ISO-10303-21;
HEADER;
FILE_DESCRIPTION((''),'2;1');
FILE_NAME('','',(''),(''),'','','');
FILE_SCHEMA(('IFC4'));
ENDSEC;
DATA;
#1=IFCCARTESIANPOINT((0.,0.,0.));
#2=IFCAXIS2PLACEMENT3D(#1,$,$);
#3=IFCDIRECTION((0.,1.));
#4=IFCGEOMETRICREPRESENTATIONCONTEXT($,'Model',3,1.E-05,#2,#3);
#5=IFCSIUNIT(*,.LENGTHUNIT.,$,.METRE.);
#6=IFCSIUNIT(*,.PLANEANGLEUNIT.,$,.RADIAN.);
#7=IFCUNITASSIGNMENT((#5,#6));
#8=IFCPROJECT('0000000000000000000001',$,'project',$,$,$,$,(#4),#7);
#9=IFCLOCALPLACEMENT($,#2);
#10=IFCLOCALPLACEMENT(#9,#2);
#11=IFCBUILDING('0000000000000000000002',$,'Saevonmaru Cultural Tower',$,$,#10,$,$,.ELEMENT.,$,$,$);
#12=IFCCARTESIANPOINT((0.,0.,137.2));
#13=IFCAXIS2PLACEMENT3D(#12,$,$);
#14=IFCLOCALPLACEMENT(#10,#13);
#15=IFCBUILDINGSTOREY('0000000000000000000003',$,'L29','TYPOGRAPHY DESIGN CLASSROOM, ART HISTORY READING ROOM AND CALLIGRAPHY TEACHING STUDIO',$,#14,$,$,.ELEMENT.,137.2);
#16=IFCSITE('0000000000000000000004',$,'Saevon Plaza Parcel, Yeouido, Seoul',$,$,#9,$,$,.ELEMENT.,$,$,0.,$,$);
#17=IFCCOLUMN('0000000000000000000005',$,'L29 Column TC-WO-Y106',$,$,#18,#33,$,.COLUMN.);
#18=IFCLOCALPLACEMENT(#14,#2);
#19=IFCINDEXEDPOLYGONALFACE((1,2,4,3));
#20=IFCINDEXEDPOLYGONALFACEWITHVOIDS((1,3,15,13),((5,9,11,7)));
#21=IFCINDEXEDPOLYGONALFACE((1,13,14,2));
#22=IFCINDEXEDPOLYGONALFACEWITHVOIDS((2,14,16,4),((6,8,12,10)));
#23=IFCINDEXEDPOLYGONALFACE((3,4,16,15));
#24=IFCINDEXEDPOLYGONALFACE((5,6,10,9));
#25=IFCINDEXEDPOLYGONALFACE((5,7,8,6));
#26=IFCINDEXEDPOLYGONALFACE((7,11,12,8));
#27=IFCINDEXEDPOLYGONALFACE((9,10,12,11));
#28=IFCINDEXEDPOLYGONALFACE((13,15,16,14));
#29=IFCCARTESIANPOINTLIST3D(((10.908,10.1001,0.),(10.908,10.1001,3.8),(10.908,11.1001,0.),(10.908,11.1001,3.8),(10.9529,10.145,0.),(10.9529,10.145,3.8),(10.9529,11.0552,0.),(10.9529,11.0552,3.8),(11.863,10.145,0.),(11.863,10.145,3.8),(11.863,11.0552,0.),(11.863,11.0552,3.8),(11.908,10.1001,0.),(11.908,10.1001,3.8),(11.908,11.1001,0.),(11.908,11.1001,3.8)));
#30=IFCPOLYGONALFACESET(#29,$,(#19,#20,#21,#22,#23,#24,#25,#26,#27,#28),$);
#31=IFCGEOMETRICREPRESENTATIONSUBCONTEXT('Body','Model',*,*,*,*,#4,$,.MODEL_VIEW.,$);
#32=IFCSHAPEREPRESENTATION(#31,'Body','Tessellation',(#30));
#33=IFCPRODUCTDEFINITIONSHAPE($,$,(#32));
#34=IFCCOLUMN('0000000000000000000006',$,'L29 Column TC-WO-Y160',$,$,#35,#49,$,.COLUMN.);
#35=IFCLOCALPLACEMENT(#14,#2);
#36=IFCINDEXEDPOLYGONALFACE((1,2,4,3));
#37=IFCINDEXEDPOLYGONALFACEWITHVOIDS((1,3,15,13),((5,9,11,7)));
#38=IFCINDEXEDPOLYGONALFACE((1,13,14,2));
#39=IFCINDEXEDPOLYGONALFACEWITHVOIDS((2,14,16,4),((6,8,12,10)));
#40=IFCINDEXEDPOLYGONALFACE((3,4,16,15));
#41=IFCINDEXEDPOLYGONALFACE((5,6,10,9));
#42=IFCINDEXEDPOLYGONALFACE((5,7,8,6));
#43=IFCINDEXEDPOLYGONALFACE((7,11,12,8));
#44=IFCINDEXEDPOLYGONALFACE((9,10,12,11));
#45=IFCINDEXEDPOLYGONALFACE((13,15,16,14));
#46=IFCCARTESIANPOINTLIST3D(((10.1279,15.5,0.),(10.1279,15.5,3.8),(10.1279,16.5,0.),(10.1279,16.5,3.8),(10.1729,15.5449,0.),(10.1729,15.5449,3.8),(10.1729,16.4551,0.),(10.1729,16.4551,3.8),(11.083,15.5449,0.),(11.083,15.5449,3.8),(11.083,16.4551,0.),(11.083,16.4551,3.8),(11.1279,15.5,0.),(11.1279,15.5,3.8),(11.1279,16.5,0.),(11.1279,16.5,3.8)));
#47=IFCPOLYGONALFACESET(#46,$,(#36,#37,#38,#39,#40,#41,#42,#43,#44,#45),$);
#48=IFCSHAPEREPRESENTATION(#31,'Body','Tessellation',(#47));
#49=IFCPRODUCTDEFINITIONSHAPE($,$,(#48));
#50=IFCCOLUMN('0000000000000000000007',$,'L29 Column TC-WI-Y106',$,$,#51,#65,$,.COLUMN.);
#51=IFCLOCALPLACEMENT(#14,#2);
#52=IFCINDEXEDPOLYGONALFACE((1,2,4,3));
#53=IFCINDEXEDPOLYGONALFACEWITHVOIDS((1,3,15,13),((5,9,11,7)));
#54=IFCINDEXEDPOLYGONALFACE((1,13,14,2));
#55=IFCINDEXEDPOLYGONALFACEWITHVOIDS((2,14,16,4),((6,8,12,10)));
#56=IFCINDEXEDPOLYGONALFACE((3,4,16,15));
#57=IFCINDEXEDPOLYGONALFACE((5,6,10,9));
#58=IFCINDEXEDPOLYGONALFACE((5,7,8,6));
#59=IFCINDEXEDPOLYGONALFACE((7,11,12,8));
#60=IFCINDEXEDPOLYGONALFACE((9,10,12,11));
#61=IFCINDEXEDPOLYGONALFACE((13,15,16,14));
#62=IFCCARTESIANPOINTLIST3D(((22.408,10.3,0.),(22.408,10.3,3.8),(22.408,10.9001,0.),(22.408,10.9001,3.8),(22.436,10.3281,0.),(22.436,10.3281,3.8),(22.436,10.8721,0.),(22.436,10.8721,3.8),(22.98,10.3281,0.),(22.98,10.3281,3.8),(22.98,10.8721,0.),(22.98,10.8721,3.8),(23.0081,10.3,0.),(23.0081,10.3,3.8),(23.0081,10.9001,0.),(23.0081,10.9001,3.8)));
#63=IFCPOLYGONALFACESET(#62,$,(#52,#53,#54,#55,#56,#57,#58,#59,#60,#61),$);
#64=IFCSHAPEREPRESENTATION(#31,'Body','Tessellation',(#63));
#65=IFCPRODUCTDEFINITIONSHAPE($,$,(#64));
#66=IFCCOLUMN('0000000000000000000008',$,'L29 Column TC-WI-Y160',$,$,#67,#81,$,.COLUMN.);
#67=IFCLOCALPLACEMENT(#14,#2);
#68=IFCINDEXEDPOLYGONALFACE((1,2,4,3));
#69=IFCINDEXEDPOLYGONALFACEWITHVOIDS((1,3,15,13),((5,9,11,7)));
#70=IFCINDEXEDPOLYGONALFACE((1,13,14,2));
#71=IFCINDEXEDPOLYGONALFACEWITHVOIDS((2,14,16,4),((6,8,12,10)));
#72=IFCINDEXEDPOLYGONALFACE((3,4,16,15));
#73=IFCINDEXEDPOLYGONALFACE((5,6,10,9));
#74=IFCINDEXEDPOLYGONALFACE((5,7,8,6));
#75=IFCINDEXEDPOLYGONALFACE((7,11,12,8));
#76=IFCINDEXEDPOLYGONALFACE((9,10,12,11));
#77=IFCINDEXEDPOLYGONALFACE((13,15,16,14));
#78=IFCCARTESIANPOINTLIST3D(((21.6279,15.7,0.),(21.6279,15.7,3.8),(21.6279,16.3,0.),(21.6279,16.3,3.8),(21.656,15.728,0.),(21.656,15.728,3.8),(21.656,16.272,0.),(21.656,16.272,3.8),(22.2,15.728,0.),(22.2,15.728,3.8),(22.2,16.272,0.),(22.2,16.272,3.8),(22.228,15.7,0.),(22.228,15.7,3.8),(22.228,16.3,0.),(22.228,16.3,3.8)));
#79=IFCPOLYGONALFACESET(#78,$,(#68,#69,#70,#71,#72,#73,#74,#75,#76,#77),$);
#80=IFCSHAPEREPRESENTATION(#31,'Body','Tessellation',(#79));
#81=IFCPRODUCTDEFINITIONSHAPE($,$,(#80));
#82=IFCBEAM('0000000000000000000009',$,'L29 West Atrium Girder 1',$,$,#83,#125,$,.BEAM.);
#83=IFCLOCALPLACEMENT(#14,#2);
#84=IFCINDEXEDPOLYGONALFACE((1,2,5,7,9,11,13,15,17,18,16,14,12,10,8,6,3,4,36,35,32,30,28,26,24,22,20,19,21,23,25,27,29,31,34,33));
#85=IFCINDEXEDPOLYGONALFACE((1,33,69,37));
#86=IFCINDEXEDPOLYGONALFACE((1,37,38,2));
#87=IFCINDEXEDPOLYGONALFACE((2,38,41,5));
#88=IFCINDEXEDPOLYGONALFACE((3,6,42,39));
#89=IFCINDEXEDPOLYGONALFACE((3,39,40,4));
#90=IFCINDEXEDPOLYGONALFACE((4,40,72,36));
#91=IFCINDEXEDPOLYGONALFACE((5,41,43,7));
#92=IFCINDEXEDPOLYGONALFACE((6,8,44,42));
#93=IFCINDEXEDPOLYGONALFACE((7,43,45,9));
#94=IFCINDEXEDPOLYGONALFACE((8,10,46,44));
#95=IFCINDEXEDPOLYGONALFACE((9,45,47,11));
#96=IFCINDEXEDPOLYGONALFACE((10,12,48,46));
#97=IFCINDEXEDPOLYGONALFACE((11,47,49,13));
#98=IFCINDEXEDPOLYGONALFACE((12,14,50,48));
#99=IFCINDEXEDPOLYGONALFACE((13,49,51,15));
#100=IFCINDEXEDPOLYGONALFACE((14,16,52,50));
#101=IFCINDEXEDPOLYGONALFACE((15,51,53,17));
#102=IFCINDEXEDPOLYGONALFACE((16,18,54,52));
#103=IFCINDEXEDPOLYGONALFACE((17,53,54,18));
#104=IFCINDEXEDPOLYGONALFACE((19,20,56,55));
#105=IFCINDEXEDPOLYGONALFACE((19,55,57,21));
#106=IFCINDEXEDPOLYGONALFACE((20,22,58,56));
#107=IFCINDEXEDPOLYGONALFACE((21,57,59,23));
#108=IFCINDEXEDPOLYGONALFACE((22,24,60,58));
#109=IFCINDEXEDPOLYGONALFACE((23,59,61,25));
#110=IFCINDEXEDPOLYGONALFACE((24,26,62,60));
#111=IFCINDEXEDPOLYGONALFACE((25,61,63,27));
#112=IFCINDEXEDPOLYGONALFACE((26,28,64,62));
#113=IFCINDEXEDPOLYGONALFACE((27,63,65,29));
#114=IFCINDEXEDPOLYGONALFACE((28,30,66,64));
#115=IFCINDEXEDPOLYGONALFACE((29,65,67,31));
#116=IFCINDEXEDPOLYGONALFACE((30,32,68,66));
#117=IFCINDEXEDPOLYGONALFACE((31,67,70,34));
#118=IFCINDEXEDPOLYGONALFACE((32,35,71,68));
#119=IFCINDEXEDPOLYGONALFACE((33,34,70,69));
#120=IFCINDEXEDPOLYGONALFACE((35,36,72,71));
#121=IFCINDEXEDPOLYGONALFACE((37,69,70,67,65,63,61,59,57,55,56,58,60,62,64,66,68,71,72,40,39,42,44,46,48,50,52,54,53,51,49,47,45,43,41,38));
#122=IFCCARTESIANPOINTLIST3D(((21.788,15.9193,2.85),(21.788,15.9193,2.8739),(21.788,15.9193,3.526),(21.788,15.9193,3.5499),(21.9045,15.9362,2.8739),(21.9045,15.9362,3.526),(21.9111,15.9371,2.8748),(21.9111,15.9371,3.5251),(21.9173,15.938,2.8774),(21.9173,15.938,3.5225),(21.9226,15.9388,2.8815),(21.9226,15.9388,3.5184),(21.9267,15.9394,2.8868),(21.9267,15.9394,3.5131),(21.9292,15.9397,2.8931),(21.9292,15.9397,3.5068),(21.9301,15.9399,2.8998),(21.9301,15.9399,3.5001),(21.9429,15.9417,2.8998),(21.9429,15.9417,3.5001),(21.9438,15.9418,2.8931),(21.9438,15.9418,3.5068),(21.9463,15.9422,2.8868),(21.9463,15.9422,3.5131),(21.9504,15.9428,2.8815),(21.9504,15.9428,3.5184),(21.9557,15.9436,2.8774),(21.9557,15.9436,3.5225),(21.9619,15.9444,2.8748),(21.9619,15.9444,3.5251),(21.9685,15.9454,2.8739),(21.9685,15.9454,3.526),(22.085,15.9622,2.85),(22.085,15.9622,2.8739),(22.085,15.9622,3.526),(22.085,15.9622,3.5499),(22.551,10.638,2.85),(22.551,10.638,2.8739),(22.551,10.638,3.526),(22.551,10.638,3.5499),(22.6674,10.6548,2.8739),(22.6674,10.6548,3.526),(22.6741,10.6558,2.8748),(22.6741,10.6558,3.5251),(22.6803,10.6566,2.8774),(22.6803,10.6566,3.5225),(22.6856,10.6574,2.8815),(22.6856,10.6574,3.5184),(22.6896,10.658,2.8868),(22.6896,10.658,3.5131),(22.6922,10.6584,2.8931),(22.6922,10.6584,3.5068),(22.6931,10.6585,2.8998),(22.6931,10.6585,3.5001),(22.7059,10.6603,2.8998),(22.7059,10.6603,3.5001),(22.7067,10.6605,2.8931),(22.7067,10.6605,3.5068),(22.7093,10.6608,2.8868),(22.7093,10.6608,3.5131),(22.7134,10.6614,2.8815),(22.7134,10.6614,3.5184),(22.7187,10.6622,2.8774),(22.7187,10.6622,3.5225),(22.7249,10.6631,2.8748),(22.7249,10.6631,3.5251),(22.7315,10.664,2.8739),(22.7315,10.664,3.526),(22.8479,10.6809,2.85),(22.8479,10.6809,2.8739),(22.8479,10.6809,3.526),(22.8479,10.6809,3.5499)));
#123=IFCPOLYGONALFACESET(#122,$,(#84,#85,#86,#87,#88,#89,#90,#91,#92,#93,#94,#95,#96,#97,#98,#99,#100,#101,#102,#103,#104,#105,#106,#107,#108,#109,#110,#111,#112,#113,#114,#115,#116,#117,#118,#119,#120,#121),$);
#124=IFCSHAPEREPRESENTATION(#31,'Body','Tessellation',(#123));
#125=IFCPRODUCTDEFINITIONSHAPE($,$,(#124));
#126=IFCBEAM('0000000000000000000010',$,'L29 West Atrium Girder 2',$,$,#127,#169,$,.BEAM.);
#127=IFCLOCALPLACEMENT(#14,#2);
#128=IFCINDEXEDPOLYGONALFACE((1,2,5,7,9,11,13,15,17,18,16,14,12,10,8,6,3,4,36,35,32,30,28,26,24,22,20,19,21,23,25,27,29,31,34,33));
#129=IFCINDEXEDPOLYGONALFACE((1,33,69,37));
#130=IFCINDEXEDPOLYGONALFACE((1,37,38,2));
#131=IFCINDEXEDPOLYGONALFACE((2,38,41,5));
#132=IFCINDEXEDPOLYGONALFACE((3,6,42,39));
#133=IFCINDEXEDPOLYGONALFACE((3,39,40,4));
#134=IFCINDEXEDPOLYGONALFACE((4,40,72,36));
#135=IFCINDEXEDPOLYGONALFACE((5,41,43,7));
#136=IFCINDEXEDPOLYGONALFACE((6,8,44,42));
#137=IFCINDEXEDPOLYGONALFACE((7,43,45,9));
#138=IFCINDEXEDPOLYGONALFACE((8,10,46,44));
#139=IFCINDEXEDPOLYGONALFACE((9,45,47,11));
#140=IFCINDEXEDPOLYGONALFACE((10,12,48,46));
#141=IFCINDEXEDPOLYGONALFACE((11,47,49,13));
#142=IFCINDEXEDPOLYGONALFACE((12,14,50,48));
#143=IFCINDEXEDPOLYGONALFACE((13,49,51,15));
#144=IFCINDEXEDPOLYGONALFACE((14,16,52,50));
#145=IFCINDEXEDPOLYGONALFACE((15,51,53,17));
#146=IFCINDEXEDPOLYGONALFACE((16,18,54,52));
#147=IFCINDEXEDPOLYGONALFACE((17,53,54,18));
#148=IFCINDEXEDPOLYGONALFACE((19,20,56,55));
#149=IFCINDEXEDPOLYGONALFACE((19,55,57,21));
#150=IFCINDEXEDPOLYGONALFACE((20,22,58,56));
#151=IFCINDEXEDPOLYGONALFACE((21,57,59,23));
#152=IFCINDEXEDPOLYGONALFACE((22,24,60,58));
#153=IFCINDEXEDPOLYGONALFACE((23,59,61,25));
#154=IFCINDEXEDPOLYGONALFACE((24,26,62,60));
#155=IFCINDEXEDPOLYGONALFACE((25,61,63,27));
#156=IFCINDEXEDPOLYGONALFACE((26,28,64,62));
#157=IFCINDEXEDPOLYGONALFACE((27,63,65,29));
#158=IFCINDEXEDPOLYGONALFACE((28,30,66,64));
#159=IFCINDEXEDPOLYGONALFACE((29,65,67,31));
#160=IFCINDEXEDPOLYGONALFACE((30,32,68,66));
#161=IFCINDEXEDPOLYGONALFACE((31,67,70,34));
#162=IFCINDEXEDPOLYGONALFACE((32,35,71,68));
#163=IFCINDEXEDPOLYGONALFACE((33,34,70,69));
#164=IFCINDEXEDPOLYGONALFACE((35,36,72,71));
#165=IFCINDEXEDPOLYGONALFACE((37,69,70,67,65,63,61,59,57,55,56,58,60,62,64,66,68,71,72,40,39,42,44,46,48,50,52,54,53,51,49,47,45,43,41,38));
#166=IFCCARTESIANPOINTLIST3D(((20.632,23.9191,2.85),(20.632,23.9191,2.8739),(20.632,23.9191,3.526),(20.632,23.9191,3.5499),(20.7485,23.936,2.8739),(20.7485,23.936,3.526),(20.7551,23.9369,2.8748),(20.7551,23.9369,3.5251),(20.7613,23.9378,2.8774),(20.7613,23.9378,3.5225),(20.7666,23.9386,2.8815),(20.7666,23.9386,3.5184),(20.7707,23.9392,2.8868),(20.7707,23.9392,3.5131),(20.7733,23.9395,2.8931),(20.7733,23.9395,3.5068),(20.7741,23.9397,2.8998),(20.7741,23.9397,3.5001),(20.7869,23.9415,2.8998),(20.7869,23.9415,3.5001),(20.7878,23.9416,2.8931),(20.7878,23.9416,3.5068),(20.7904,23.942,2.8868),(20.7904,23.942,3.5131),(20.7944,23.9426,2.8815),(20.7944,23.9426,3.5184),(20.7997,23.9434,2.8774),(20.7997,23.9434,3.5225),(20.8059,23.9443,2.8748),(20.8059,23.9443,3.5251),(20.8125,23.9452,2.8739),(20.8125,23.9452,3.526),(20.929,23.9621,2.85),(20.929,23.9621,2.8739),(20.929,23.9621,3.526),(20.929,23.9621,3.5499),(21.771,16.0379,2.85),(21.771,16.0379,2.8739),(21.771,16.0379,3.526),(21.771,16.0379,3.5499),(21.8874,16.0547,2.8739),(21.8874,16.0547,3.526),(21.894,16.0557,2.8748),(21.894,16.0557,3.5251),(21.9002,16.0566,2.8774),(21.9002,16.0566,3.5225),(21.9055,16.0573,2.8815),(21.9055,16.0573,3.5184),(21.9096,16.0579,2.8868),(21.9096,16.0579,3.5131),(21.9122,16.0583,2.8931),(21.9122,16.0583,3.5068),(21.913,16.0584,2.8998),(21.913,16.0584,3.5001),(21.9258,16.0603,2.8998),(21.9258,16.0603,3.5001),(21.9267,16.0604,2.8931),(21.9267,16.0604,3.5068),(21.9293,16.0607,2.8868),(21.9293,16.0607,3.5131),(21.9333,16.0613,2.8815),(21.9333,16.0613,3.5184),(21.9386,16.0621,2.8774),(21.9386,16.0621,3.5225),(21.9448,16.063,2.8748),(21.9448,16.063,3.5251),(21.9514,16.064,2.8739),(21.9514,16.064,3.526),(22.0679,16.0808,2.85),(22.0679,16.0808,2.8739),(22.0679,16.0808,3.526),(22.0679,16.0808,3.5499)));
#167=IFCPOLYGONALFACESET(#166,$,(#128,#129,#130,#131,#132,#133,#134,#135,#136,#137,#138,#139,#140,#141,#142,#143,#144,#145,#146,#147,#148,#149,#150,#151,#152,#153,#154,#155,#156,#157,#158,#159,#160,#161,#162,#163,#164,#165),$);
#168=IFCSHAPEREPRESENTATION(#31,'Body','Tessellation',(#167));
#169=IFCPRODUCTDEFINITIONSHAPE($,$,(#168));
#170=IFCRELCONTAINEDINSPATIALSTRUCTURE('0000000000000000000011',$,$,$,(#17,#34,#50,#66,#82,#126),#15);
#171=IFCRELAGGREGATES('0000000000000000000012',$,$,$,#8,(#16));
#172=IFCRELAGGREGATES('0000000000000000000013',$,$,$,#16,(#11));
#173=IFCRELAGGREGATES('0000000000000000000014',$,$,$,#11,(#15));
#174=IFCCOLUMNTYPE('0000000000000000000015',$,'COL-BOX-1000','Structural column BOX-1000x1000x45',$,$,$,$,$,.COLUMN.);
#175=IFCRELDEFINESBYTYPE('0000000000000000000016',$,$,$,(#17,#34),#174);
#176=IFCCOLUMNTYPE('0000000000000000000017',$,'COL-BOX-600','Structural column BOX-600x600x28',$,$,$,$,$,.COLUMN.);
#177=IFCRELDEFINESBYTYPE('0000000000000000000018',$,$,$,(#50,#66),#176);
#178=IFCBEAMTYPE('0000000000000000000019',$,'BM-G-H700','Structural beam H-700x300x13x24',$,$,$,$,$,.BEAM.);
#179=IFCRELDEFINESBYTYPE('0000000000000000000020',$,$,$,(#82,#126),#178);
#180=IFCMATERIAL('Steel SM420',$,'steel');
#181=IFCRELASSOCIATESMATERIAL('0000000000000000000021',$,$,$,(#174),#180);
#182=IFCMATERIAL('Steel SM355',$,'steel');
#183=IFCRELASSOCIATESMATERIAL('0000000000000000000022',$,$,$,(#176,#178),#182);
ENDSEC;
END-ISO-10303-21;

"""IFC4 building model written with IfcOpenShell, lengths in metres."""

from ifc_helpers import new_model, si_unit, direction, frame, origin, origin_2d, place, context, subcontext, project, spatial, hollow_rectangle, i_section, extrude, material, material_profile, profile_set, type_object, element, save


model = new_model("IFC4")

# Units and contexts
model_context = context("Model", 3, precision=1e-05, world=origin(), true_north=direction((0.0, 1.0)))
body_context = subcontext(model_context, "Body", "Model", "MODEL_VIEW")
ifc_project = project(units=[si_unit("LENGTHUNIT", "METRE"), si_unit("PLANEANGLEUNIT", "RADIAN")], contexts=[model_context])

# Site, building, storey
site_placement = place(None, origin())
site = spatial("IfcSite", under=ifc_project, at=site_placement, Name="Saevon Plaza Parcel, Yeouido, Seoul", CompositionType="ELEMENT", RefElevation=0.0)
building_placement = place(site_placement, origin())
building = spatial("IfcBuilding", under=site, at=building_placement, Name="Saevonmaru Cultural Tower", CompositionType="ELEMENT")
storey_placement = place(building_placement, frame((0.0, 0.0, 137.2)))
storey = spatial("IfcBuildingStorey", under=building, at=storey_placement, Name="L29", Description="TYPOGRAPHY DESIGN CLASSROOM, ART HISTORY READING ROOM AND CALLIGRAPHY TEACHING STUDIO", CompositionType="ELEMENT", Elevation=137.2)

# Columns
ifc_material_1 = material(Name="Steel SM420", Category="steel")
ifc_material_profile_1 = material_profile(ifc_material_1, hollow_rectangle(XDim=1.0, YDim=1.0, WallThickness=0.0449, at=origin_2d()), Name="BOX-1000x1000x45")
ifc_profile_set_1 = profile_set([ifc_material_profile_1], Name="Steel SM420")
column_type_1 = type_object("IfcColumnType", Name="COL-BOX-1000", Description="Structural column BOX-1000x1000x45", PredefinedType="COLUMN", material=ifc_profile_set_1)
for number, where, z_axis, x_axis, name in (
    (1, (11.408, 10.6001, 0.0), (0.0, 0.0, 1.0), (1.0, 0.0, 0.0), "L29 Column TC-WO-Y106"),
    (2, (10.6279, 16.0, 0.0), (0.0, 0.0, 1.0), (1.0, 0.0, 0.0), "L29 Column TC-WO-Y160"),
):
    element("IfcColumn", number, at=place(storey_placement, frame(where, z_axis=z_axis, x_axis=x_axis)), inside=storey, type_object=column_type_1, Name=name, PredefinedType="COLUMN", context=body_context, shape_type="SweptSolid", body=[
        extrude(hollow_rectangle(XDim=1.0, YDim=1.0, WallThickness=0.0449, at=origin_2d()), origin(), (0.0, 0.0, 1.0), 3.8),
    ])
ifc_material_2 = material(Name="Steel SM355", Category="steel")
ifc_material_profile_2 = material_profile(ifc_material_2, hollow_rectangle(XDim=0.6001, YDim=0.6001, WallThickness=0.0281, at=origin_2d()), Name="BOX-600x600x28")
ifc_profile_set_2 = profile_set([ifc_material_profile_2], Name="Steel SM355")
column_type_2 = type_object("IfcColumnType", Name="COL-BOX-600", Description="Structural column BOX-600x600x28", PredefinedType="COLUMN", material=ifc_profile_set_2)
for number, where, z_axis, x_axis, name in (
    (3, (22.708, 10.6001, 0.0), (0.0, 0.0, 1.0), (1.0, 0.0, 0.0), "L29 Column TC-WI-Y106"),
    (4, (21.928, 16.0, 0.0), (0.0, 0.0, 1.0), (1.0, 0.0, 0.0), "L29 Column TC-WI-Y160"),
):
    element("IfcColumn", number, at=place(storey_placement, frame(where, z_axis=z_axis, x_axis=x_axis)), inside=storey, type_object=column_type_2, Name=name, PredefinedType="COLUMN", context=body_context, shape_type="SweptSolid", body=[
        extrude(hollow_rectangle(XDim=0.6001, YDim=0.6001, WallThickness=0.0281, at=origin_2d()), origin(), (0.0, 0.0, 1.0), 3.8),
    ])

# Beams
ifc_material_profile_3 = material_profile(ifc_material_2, i_section(OverallWidth=0.3, OverallDepth=0.7, WebThickness=0.0129, FlangeThickness=0.0239, FilletRadius=0.0259, at=origin_2d()), Name="H-700x300x13x24")
ifc_profile_set_3 = profile_set([ifc_material_profile_3], Name="Steel SM355")
beam_type_1 = type_object("IfcBeamType", Name="BM-G-H700", Description="Structural beam H-700x300x13x24", PredefinedType="BEAM", material=ifc_profile_set_3)
beam_1_placement = place(storey_placement, frame((22.6995, 10.6594, 3.2), z_axis=(-0.142978, 0.989726, 0.0), x_axis=(-0.989726, -0.142978, 0.0)))
element("IfcBeam", 5, at=beam_1_placement, inside=storey, type_object=beam_type_1, Name="L29 West Atrium Girder 1", PredefinedType="BEAM", context=body_context, shape_type="SweptSolid", body=[
    extrude(i_section(OverallWidth=0.3, OverallDepth=0.7, WebThickness=0.0129, FlangeThickness=0.0239, FilletRadius=0.0259, at=origin_2d()), origin(), (0.0, 0.0, 1.0), 5.3362),
])
beam_2_placement = place(storey_placement, frame((21.9194, 16.0593, 3.2), z_axis=(-0.143022, 0.989719, 0.0), x_axis=(-0.989719, -0.143022, 0.0)))
element("IfcBeam", 6, at=beam_2_placement, inside=storey, type_object=beam_type_1, Name="L29 West Atrium Girder 2", PredefinedType="BEAM", context=body_context, shape_type="SweptSolid", body=[
    extrude(i_section(OverallWidth=0.3, OverallDepth=0.7, WebThickness=0.0129, FlangeThickness=0.0239, FilletRadius=0.0259, at=origin_2d()), origin(), (0.0, 0.0, 1.0), 7.9631),
])

save(model, "model.ifc")
